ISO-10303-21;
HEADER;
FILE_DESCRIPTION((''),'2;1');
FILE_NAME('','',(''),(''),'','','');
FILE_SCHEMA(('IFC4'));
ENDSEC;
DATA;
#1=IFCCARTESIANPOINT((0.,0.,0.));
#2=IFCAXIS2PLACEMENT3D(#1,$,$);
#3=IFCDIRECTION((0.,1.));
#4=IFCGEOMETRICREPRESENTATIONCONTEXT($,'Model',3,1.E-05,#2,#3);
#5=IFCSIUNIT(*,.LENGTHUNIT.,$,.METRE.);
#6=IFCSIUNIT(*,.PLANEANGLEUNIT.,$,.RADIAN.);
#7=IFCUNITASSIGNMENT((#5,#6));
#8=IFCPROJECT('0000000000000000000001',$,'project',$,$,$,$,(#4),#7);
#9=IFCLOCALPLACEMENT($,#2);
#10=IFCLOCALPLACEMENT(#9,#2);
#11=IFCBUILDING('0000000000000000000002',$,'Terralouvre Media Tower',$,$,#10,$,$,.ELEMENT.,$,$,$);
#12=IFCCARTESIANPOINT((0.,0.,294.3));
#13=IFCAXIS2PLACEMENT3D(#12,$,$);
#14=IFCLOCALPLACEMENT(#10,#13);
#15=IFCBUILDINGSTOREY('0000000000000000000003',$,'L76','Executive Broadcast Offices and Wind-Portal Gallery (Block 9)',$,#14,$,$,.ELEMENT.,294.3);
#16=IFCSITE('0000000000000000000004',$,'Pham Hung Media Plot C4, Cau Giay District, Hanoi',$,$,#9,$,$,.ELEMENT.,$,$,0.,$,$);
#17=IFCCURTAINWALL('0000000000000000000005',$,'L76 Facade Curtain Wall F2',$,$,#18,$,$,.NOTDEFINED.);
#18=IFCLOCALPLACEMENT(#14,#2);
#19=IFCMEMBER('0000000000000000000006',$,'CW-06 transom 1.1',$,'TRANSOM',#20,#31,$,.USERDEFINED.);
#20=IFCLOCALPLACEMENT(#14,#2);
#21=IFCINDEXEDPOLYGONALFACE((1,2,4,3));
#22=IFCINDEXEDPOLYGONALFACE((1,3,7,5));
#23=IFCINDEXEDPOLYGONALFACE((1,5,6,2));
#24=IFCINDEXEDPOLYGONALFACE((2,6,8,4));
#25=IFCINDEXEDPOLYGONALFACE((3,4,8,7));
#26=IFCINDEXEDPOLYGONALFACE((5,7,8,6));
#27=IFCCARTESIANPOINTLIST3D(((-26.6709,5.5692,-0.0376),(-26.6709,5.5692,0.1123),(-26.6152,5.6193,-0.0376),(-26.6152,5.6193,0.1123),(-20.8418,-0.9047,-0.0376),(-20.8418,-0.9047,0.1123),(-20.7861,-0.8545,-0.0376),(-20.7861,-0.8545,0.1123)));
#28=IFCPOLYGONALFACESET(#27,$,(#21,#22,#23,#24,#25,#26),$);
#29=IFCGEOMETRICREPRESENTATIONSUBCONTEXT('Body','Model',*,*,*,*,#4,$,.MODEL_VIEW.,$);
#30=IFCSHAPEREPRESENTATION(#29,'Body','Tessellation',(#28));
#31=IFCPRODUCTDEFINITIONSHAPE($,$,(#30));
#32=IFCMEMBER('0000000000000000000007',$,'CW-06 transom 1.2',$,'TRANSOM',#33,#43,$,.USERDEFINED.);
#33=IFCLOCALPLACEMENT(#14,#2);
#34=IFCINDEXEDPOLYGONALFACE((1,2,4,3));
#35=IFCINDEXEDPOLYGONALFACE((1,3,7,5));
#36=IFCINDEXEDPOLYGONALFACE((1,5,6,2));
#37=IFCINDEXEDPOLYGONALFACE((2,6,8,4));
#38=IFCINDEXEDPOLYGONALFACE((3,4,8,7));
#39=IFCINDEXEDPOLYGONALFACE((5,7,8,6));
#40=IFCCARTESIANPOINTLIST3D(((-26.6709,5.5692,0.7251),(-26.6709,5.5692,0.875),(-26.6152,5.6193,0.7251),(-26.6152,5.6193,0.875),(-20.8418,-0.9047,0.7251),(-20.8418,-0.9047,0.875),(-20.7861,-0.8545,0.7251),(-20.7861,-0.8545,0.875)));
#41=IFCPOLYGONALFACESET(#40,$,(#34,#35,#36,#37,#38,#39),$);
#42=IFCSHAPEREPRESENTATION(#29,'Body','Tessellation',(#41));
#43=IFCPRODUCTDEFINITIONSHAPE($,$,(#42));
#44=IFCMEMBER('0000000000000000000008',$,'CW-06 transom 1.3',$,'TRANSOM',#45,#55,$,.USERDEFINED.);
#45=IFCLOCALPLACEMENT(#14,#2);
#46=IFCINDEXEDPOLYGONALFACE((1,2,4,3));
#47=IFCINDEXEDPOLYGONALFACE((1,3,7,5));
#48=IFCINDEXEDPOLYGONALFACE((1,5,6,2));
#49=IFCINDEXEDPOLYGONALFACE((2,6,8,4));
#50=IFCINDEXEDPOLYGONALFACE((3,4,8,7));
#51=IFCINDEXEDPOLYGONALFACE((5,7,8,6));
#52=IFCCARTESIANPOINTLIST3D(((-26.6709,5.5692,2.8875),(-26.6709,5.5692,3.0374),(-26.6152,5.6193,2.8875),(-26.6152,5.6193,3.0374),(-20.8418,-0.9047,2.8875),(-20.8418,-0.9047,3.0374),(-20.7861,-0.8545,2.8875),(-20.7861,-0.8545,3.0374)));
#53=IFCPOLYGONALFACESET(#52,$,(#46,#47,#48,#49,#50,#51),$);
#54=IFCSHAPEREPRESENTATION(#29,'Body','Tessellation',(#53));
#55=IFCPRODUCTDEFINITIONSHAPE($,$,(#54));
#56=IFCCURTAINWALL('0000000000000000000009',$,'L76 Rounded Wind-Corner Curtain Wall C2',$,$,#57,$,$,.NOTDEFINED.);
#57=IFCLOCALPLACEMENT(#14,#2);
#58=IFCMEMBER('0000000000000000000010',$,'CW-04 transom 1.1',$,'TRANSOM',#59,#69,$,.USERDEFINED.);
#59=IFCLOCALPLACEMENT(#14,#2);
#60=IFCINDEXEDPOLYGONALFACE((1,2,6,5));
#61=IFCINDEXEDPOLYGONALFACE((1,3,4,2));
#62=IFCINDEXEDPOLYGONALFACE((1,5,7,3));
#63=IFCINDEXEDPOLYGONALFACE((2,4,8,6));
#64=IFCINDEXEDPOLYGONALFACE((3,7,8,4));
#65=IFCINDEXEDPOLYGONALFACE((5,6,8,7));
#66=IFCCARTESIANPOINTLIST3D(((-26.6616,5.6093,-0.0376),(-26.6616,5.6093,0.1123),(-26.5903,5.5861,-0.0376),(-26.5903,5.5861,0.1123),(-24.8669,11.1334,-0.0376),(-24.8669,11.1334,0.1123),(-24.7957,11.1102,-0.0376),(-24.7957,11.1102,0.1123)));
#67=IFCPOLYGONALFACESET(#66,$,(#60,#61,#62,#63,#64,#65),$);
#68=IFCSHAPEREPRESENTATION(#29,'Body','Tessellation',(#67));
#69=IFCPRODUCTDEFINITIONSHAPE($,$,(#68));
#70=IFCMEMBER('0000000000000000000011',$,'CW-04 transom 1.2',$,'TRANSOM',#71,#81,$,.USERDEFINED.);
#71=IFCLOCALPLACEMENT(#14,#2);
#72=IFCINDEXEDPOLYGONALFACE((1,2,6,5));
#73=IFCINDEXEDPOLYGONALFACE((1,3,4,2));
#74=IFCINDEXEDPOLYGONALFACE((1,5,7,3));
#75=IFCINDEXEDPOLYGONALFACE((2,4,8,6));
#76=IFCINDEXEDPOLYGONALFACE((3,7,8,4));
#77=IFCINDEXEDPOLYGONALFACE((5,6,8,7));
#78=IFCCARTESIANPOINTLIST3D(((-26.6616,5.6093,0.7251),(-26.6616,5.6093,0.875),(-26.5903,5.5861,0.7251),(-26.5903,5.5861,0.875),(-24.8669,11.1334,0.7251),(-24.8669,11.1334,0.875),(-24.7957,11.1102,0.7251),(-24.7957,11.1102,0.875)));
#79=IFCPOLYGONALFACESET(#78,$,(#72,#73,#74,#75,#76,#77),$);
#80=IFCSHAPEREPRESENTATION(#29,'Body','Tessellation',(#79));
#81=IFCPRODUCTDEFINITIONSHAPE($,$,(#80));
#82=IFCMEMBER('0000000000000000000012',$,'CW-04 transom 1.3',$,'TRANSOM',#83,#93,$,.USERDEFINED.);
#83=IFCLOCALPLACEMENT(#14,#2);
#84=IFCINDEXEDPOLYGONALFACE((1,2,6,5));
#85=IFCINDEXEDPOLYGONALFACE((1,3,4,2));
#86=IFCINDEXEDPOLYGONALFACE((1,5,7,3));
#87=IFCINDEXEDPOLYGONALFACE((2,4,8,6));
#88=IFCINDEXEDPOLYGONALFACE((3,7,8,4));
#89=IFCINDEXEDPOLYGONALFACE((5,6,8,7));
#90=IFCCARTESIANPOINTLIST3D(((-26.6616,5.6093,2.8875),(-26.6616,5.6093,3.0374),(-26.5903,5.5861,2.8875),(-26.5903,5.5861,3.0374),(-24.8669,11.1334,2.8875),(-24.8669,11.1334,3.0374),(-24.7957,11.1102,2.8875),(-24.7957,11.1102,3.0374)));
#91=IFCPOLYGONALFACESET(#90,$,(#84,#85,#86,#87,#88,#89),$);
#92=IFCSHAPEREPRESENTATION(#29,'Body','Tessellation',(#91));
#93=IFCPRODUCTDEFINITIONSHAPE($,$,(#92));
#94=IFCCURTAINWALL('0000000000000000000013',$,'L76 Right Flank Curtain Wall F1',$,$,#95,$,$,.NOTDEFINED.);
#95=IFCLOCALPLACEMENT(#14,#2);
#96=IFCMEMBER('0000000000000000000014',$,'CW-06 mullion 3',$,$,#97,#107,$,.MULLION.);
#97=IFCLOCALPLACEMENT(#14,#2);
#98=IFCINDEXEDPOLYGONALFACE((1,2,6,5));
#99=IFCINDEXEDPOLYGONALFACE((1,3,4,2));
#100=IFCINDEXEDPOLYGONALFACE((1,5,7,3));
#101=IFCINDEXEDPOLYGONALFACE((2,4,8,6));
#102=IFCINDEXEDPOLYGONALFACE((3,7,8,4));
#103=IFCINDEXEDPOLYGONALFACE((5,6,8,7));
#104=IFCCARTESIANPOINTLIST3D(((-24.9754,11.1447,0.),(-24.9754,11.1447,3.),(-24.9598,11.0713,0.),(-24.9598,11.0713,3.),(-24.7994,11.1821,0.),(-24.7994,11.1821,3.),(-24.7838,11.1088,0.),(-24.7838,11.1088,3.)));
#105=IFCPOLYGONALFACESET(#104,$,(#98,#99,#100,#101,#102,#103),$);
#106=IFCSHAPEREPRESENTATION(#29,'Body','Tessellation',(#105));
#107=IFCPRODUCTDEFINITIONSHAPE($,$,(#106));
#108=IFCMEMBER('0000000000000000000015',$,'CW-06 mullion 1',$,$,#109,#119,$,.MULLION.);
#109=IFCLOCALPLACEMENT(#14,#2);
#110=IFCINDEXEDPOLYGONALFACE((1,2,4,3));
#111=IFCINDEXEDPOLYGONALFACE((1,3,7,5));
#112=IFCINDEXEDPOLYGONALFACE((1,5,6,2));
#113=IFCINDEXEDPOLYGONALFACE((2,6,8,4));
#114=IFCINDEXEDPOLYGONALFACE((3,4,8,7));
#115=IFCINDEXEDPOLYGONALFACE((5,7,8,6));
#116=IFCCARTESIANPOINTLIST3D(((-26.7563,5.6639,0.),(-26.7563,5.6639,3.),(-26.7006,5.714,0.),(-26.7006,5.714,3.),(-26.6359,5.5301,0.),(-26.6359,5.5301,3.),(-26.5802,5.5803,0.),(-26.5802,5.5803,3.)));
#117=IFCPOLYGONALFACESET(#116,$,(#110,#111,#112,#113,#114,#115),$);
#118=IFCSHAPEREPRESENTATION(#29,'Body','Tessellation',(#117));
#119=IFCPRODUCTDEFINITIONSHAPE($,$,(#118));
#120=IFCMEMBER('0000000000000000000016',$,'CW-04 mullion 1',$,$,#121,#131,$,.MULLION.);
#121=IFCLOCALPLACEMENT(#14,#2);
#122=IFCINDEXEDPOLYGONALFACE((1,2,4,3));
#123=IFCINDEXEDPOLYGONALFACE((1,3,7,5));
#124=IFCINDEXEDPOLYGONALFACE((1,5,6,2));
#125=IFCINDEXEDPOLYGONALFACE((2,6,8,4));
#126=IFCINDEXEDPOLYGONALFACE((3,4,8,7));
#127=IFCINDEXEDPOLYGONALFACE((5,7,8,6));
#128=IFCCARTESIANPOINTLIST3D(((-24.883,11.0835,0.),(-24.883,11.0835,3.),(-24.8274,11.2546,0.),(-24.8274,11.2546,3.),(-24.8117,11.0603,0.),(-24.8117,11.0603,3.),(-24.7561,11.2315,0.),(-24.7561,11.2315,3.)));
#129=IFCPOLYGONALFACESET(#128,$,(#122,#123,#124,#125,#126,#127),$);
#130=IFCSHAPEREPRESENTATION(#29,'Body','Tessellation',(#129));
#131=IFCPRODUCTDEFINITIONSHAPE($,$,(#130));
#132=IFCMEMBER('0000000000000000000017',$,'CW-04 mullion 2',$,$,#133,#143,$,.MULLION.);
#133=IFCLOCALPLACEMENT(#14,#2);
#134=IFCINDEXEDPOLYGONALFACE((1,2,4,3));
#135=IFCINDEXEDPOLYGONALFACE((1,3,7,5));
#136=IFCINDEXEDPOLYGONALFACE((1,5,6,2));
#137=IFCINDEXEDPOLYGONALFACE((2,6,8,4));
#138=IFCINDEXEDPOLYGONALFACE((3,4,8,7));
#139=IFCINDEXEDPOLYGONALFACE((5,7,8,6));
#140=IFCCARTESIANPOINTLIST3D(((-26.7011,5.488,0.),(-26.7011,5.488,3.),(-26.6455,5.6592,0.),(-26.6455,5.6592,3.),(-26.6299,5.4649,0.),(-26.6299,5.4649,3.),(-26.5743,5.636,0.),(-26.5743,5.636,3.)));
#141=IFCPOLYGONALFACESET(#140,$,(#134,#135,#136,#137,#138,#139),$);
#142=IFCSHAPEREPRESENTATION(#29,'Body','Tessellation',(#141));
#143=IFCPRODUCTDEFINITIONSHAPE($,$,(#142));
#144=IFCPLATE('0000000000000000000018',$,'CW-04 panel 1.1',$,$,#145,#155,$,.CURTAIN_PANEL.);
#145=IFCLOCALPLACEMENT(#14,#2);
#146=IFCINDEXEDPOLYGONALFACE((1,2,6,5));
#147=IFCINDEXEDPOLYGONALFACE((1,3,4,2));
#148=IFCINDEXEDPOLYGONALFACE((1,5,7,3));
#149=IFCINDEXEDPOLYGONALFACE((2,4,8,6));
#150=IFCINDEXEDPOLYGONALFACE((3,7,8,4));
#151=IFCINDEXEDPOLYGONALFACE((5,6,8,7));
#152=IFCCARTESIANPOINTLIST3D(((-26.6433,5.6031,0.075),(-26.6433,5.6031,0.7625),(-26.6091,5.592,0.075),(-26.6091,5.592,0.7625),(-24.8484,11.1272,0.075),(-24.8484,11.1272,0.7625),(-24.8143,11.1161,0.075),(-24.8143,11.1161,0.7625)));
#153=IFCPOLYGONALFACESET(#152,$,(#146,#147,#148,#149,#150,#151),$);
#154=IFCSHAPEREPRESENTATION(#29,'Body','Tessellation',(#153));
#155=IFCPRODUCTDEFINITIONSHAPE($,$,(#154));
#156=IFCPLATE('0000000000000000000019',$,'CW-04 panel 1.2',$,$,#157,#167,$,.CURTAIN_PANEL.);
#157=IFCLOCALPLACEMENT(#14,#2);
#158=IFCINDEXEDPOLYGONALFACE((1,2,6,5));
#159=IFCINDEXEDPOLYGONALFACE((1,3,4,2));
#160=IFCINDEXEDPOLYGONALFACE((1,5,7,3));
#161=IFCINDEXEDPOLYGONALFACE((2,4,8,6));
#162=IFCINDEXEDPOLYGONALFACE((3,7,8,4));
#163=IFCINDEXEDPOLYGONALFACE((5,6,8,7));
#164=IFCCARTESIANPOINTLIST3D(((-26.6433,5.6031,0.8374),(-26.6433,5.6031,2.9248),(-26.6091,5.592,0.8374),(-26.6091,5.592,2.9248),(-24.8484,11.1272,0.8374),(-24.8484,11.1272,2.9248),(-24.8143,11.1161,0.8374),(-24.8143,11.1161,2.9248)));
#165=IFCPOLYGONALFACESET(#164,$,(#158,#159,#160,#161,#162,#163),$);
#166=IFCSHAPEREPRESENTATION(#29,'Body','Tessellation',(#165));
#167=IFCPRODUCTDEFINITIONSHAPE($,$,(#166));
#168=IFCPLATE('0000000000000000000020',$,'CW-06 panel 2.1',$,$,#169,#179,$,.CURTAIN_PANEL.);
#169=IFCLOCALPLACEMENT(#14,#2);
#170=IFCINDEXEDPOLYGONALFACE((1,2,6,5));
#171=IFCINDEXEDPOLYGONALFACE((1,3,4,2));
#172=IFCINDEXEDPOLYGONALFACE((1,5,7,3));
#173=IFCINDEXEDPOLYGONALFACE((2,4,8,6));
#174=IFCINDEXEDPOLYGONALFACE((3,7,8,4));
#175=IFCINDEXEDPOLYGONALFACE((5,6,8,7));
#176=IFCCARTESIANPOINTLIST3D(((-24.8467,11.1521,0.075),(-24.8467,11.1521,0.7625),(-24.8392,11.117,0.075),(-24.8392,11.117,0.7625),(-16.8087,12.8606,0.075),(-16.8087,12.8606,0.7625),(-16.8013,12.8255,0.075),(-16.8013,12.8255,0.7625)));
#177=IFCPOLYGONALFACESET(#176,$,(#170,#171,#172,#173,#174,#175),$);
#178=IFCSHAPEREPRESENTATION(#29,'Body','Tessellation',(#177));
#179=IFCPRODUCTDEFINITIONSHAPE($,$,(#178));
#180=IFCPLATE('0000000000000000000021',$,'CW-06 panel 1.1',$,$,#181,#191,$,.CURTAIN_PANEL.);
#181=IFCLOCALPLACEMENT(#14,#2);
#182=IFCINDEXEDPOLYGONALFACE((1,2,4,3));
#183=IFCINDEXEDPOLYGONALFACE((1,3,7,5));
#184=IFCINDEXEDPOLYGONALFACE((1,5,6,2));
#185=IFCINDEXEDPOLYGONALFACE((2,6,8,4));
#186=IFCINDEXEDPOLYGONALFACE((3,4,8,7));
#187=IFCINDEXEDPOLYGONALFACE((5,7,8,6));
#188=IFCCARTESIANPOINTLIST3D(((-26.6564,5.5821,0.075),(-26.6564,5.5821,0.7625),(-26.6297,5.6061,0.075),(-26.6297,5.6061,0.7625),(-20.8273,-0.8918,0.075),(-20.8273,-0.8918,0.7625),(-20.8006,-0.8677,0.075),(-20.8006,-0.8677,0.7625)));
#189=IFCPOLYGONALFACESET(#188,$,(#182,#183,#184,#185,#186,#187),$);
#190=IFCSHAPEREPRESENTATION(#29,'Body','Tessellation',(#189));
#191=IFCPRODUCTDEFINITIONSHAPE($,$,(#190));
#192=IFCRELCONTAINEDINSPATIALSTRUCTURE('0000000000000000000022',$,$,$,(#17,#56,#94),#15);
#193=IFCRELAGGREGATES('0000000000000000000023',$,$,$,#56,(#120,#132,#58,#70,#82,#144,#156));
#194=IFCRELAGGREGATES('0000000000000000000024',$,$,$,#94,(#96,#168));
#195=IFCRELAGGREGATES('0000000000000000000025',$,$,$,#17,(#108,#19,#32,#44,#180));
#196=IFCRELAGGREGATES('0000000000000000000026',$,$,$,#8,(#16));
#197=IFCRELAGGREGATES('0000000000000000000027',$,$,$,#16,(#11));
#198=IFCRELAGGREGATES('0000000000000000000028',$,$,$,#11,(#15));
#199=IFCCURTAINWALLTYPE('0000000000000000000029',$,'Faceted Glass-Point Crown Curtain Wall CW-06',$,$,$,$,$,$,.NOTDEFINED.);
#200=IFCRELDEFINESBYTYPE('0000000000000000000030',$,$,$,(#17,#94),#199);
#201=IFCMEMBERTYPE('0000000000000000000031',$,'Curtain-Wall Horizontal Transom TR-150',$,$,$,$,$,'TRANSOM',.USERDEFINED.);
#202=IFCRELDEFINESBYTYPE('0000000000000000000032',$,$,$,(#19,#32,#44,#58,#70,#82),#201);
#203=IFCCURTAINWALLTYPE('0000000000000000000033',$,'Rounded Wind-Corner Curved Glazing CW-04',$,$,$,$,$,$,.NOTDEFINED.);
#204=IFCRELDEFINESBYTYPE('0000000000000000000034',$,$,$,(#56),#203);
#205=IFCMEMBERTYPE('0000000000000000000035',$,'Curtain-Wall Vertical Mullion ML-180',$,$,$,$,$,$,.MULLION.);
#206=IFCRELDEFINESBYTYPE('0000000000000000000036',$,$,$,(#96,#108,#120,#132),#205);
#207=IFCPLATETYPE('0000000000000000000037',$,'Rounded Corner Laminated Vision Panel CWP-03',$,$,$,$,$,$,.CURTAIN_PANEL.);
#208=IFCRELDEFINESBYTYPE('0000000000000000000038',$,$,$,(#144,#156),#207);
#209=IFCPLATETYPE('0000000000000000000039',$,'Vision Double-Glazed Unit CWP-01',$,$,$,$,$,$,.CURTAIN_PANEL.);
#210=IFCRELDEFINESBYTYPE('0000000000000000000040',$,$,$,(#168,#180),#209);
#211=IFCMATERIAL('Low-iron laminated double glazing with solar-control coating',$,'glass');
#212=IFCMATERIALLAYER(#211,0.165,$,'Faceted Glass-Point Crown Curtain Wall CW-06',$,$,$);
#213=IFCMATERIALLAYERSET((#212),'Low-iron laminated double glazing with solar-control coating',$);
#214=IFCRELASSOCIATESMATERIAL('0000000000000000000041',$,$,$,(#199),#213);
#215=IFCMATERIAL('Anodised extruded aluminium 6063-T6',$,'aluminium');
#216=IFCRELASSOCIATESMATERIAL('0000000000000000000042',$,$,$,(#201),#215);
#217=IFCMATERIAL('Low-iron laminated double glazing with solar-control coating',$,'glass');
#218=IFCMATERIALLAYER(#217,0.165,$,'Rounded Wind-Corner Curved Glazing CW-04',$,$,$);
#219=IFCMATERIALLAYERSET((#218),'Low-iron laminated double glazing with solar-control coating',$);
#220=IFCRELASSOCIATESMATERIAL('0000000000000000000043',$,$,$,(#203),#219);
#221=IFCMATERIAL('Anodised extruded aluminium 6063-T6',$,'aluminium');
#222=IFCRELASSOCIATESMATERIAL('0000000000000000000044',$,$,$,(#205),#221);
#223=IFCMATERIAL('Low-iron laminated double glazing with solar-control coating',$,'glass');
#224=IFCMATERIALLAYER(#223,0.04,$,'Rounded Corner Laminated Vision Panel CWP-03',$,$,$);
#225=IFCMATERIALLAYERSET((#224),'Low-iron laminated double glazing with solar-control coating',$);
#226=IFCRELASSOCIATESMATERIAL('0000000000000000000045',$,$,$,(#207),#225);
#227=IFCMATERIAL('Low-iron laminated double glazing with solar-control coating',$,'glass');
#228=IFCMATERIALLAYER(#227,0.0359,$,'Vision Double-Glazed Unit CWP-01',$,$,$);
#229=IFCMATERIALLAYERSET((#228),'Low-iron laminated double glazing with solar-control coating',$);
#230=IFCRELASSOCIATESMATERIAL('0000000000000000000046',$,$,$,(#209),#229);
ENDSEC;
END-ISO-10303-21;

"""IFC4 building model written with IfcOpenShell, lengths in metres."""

from ifc_helpers import new_model, si_unit, direction, frame, origin, origin_2d, place, context, subcontext, project, spatial, rectangle, extrude, material, layer, layer_set, material_profile, profile_set, type_object, element, aggregate, save


model = new_model("IFC4")

# Units and contexts
model_context = context("Model", 3, precision=1e-05, world=origin(), true_north=direction((0.0, 1.0)))
body_context = subcontext(model_context, "Body", "Model", "MODEL_VIEW")
ifc_project = project(units=[si_unit("LENGTHUNIT", "METRE"), si_unit("PLANEANGLEUNIT", "RADIAN")], contexts=[model_context])

# Site, building, storey
site_placement = place(None, origin())
site = spatial("IfcSite", under=ifc_project, at=site_placement, Name="Pham Hung Media Plot C4, Cau Giay District, Hanoi", CompositionType="ELEMENT", RefElevation=0.0)
building_placement = place(site_placement, origin())
building = spatial("IfcBuilding", under=site, at=building_placement, Name="Terralouvre Media Tower", CompositionType="ELEMENT")
storey_placement = place(building_placement, frame((0.0, 0.0, 294.3)))
storey = spatial("IfcBuildingStorey", under=building, at=storey_placement, Name="L76", Description="Executive Broadcast Offices and Wind-Portal Gallery (Block 9)", CompositionType="ELEMENT", Elevation=294.3)

# Curtain walls, members
ifc_material_1 = material(Name="Low-iron laminated double glazing with solar-control coating", Category="glass")
ifc_layer_1 = layer(ifc_material_1, 0.165, Name="Faceted Glass-Point Crown Curtain Wall CW-06")
ifc_layer_set_1 = layer_set([ifc_layer_1], Name="Low-iron laminated double glazing with solar-control coating")
curtain_wall_type_1 = type_object("IfcCurtainWallType", Name="Faceted Glass-Point Crown Curtain Wall CW-06", PredefinedType="NOTDEFINED", material=ifc_layer_set_1)
curtain_wall_1_placement = place(storey_placement, origin())
curtain_wall_1 = element("IfcCurtainWall", 1, at=curtain_wall_1_placement, inside=storey, type_object=curtain_wall_type_1, Name="L76 Facade Curtain Wall F2", PredefinedType="NOTDEFINED")
ifc_material_2 = material(Name="Anodised extruded aluminium 6063-T6", Category="aluminium")
ifc_material_profile_1 = material_profile(ifc_material_2, rectangle(XDim=0.075, YDim=0.1499, at=origin_2d()), Name="ALU 75x150")
ifc_profile_set_1 = profile_set([ifc_material_profile_1], Name="Anodised extruded aluminium 6063-T6")
member_type_1 = type_object("IfcMemberType", Name="Curtain-Wall Horizontal Transom TR-150", ElementType="TRANSOM", PredefinedType="USERDEFINED", material=ifc_profile_set_1)
member_1_placement = place(storey_placement, frame((-26.6431, 5.5942, 0.0374), z_axis=(0.66913, -0.743145, 0.0), x_axis=(0.743145, 0.66913, 0.0)))
member_1 = element("IfcMember", 2, at=member_1_placement, type_object=member_type_1, Name="CW-06 transom 1.1", ObjectType="TRANSOM", PredefinedType="USERDEFINED", context=body_context, shape_type="SweptSolid", body=[
    extrude(rectangle(XDim=0.075, YDim=0.1499, at=origin_2d()), origin(), (0.0, 0.0, 1.0), 8.7114),
])
member_2_placement = place(storey_placement, frame((-26.6431, 5.5942, 0.8), z_axis=(0.66913, -0.743145, 0.0), x_axis=(0.743145, 0.66913, 0.0)))
member_2 = element("IfcMember", 3, at=member_2_placement, type_object=member_type_1, Name="CW-06 transom 1.2", ObjectType="TRANSOM", PredefinedType="USERDEFINED", context=body_context, shape_type="SweptSolid", body=[
    extrude(rectangle(XDim=0.075, YDim=0.1499, at=origin_2d()), origin(), (0.0, 0.0, 1.0), 8.7114),
])
member_3_placement = place(storey_placement, frame((-26.6431, 5.5942, 2.9624), z_axis=(0.66913, -0.743145, 0.0), x_axis=(0.743145, 0.66913, 0.0)))
member_3 = element("IfcMember", 4, at=member_3_placement, type_object=member_type_1, Name="CW-06 transom 1.3", ObjectType="TRANSOM", PredefinedType="USERDEFINED", context=body_context, shape_type="SweptSolid", body=[
    extrude(rectangle(XDim=0.075, YDim=0.1499, at=origin_2d()), origin(), (0.0, 0.0, 1.0), 8.7114),
])
ifc_material_3 = material(Name="Low-iron laminated double glazing with solar-control coating", Category="glass")
ifc_layer_2 = layer(ifc_material_3, 0.165, Name="Rounded Wind-Corner Curved Glazing CW-04")
ifc_layer_set_2 = layer_set([ifc_layer_2], Name="Low-iron laminated double glazing with solar-control coating")
curtain_wall_type_2 = type_object("IfcCurtainWallType", Name="Rounded Wind-Corner Curved Glazing CW-04", PredefinedType="NOTDEFINED", material=ifc_layer_set_2)
curtain_wall_2_placement = place(storey_placement, origin())
curtain_wall_2 = element("IfcCurtainWall", 5, at=curtain_wall_2_placement, inside=storey, type_object=curtain_wall_type_2, Name="L76 Rounded Wind-Corner Curtain Wall C2", PredefinedType="NOTDEFINED")
member_4_placement = place(storey_placement, frame((-24.8313, 11.1218, 0.0374), z_axis=(-0.308981, -0.951068, 0.0), x_axis=(0.951068, -0.308981, 0.0)))
member_4 = element("IfcMember", 6, at=member_4_placement, type_object=member_type_1, Name="CW-04 transom 1.1", ObjectType="TRANSOM", PredefinedType="USERDEFINED", context=body_context, shape_type="SweptSolid", body=[
    extrude(rectangle(XDim=0.075, YDim=0.1499, at=origin_2d()), origin(), (0.0, 0.0, 1.0), 5.8083),
])
member_5_placement = place(storey_placement, frame((-24.8313, 11.1218, 0.8), z_axis=(-0.308981, -0.951068, 0.0), x_axis=(0.951068, -0.308981, 0.0)))
member_5 = element("IfcMember", 7, at=member_5_placement, type_object=member_type_1, Name="CW-04 transom 1.2", ObjectType="TRANSOM", PredefinedType="USERDEFINED", context=body_context, shape_type="SweptSolid", body=[
    extrude(rectangle(XDim=0.075, YDim=0.1499, at=origin_2d()), origin(), (0.0, 0.0, 1.0), 5.8083),
])
member_6_placement = place(storey_placement, frame((-24.8313, 11.1218, 2.9624), z_axis=(-0.308981, -0.951068, 0.0), x_axis=(0.951068, -0.308981, 0.0)))
member_6 = element("IfcMember", 8, at=member_6_placement, type_object=member_type_1, Name="CW-04 transom 1.3", ObjectType="TRANSOM", PredefinedType="USERDEFINED", context=body_context, shape_type="SweptSolid", body=[
    extrude(rectangle(XDim=0.075, YDim=0.1499, at=origin_2d()), origin(), (0.0, 0.0, 1.0), 5.8083),
])

# Curtain wall, member
curtain_wall_3_placement = place(storey_placement, origin())
curtain_wall_3 = element("IfcCurtainWall", 9, at=curtain_wall_3_placement, inside=storey, type_object=curtain_wall_type_1, Name="L76 Right Flank Curtain Wall F1", PredefinedType="NOTDEFINED")
ifc_material_4 = material(Name="Anodised extruded aluminium 6063-T6", Category="aluminium")
ifc_material_profile_2 = material_profile(ifc_material_4, rectangle(XDim=0.075, YDim=0.1799, at=origin_2d()), Name="ALU 75x180")
ifc_profile_set_2 = profile_set([ifc_material_profile_2], Name="Anodised extruded aluminium 6063-T6")
member_type_2 = type_object("IfcMemberType", Name="Curtain-Wall Vertical Mullion ML-180", PredefinedType="MULLION", material=ifc_profile_set_2)
member_7_placement = place(storey_placement, frame((-24.8796, 11.1267, 0.0), z_axis=(0.0, 0.0, 1.0), x_axis=(0.207911, -0.978148, 0.0)))
member_7 = element("IfcMember", 10, at=member_7_placement, type_object=member_type_2, Name="CW-06 mullion 3", PredefinedType="MULLION", context=body_context, shape_type="SweptSolid", body=[
    extrude(rectangle(XDim=0.075, YDim=0.1799, at=origin_2d()), origin(), (0.0, 0.0, 1.0), 3.0),
])

# Members
member_8_placement = place(storey_placement, frame((-26.6682, 5.6221, 0.0), z_axis=(0.0, 0.0, 1.0), x_axis=(0.743145, 0.669131, 0.0)))
member_8 = element("IfcMember", 11, at=member_8_placement, type_object=member_type_2, Name="CW-06 mullion 1", PredefinedType="MULLION", context=body_context, shape_type="SweptSolid", body=[
    extrude(rectangle(XDim=0.075, YDim=0.1799, at=origin_2d()), origin(), (0.0, 0.0, 1.0), 3.0),
])
member_9_placement = place(storey_placement, frame((-24.8196, 11.1575, 0.0), z_axis=(0.0, 0.0, 1.0), x_axis=(0.951057, -0.309017, 0.0)))
member_9 = element("IfcMember", 12, at=member_9_placement, type_object=member_type_2, Name="CW-04 mullion 1", PredefinedType="MULLION", context=body_context, shape_type="SweptSolid", body=[
    extrude(rectangle(XDim=0.075, YDim=0.1799, at=origin_2d()), origin(), (0.0, 0.0, 1.0), 3.0),
])
member_10_placement = place(storey_placement, frame((-26.6377, 5.562, 0.0), z_axis=(0.0, 0.0, 1.0), x_axis=(0.951057, -0.309017, 0.0)))
member_10 = element("IfcMember", 13, at=member_10_placement, type_object=member_type_2, Name="CW-04 mullion 2", PredefinedType="MULLION", context=body_context, shape_type="SweptSolid", body=[
    extrude(rectangle(XDim=0.075, YDim=0.1799, at=origin_2d()), origin(), (0.0, 0.0, 1.0), 3.0),
])

# Plates
ifc_material_5 = material(Name="Low-iron laminated double glazing with solar-control coating", Category="glass")
ifc_layer_3 = layer(ifc_material_5, 0.04, Name="Rounded Corner Laminated Vision Panel CWP-03")
ifc_layer_set_3 = layer_set([ifc_layer_3], Name="Low-iron laminated double glazing with solar-control coating")
plate_type_1 = type_object("IfcPlateType", Name="Rounded Corner Laminated Vision Panel CWP-03", PredefinedType="CURTAIN_PANEL", material=ifc_layer_set_3)
plate_1_placement = place(storey_placement, frame((-25.7288, 8.3596, 0.075), z_axis=(0.0, 0.0, 1.0), x_axis=(-0.309017, -0.951057, 0.0)))
plate_1 = element("IfcPlate", 14, at=plate_1_placement, type_object=plate_type_1, Name="CW-04 panel 1.1", PredefinedType="CURTAIN_PANEL", context=body_context, shape_type="SweptSolid", body=[
    extrude(rectangle(XDim=5.8083, YDim=0.0359, at=origin_2d()), origin(), (0.0, 0.0, 1.0), 0.6875),
])
plate_2_placement = place(storey_placement, frame((-25.7288, 8.3596, 0.8374), z_axis=(0.0, 0.0, 1.0), x_axis=(-0.309017, -0.951057, 0.0)))
plate_2 = element("IfcPlate", 15, at=plate_2_placement, type_object=plate_type_1, Name="CW-04 panel 1.2", PredefinedType="CURTAIN_PANEL", context=body_context, shape_type="SweptSolid", body=[
    extrude(rectangle(XDim=5.8083, YDim=0.0359, at=origin_2d()), origin(), (0.0, 0.0, 1.0), 2.0874),
])
aggregate(curtain_wall_2, [member_9, member_10, member_4, member_5, member_6, plate_1, plate_2])
ifc_material_6 = material(Name="Low-iron laminated double glazing with solar-control coating", Category="glass")
ifc_layer_4 = layer(ifc_material_6, 0.0359, Name="Vision Double-Glazed Unit CWP-01")
ifc_layer_set_4 = layer_set([ifc_layer_4], Name="Low-iron laminated double glazing with solar-control coating")
plate_type_2 = type_object("IfcPlateType", Name="Vision Double-Glazed Unit CWP-01", PredefinedType="CURTAIN_PANEL", material=ifc_layer_set_4)
plate_3_placement = place(storey_placement, frame((-20.824, 11.9888, 0.075), z_axis=(0.0, 0.0, 1.0), x_axis=(-0.978148, -0.207911, 0.0)))
plate_3 = element("IfcPlate", 16, at=plate_3_placement, type_object=plate_type_2, Name="CW-06 panel 2.1", PredefinedType="CURTAIN_PANEL", context=body_context, shape_type="SweptSolid", body=[
    extrude(rectangle(XDim=8.2175, YDim=0.0359, at=origin_2d()), origin(), (0.0, 0.0, 1.0), 0.6875),
])
aggregate(curtain_wall_3, [member_7, plate_3])
plate_4_placement = place(storey_placement, frame((-23.7285, 2.3572, 0.075), z_axis=(0.0, 0.0, 1.0), x_axis=(0.669131, -0.743145, 0.0)))
plate_4 = element("IfcPlate", 17, at=plate_4_placement, type_object=plate_type_2, Name="CW-06 panel 1.1", PredefinedType="CURTAIN_PANEL", context=body_context, shape_type="SweptSolid", body=[
    extrude(rectangle(XDim=8.7114, YDim=0.0359, at=origin_2d()), origin(), (0.0, 0.0, 1.0), 0.6875),
])
aggregate(curtain_wall_1, [member_8, member_1, member_2, member_3, plate_4])

save(model, "model.ifc")
